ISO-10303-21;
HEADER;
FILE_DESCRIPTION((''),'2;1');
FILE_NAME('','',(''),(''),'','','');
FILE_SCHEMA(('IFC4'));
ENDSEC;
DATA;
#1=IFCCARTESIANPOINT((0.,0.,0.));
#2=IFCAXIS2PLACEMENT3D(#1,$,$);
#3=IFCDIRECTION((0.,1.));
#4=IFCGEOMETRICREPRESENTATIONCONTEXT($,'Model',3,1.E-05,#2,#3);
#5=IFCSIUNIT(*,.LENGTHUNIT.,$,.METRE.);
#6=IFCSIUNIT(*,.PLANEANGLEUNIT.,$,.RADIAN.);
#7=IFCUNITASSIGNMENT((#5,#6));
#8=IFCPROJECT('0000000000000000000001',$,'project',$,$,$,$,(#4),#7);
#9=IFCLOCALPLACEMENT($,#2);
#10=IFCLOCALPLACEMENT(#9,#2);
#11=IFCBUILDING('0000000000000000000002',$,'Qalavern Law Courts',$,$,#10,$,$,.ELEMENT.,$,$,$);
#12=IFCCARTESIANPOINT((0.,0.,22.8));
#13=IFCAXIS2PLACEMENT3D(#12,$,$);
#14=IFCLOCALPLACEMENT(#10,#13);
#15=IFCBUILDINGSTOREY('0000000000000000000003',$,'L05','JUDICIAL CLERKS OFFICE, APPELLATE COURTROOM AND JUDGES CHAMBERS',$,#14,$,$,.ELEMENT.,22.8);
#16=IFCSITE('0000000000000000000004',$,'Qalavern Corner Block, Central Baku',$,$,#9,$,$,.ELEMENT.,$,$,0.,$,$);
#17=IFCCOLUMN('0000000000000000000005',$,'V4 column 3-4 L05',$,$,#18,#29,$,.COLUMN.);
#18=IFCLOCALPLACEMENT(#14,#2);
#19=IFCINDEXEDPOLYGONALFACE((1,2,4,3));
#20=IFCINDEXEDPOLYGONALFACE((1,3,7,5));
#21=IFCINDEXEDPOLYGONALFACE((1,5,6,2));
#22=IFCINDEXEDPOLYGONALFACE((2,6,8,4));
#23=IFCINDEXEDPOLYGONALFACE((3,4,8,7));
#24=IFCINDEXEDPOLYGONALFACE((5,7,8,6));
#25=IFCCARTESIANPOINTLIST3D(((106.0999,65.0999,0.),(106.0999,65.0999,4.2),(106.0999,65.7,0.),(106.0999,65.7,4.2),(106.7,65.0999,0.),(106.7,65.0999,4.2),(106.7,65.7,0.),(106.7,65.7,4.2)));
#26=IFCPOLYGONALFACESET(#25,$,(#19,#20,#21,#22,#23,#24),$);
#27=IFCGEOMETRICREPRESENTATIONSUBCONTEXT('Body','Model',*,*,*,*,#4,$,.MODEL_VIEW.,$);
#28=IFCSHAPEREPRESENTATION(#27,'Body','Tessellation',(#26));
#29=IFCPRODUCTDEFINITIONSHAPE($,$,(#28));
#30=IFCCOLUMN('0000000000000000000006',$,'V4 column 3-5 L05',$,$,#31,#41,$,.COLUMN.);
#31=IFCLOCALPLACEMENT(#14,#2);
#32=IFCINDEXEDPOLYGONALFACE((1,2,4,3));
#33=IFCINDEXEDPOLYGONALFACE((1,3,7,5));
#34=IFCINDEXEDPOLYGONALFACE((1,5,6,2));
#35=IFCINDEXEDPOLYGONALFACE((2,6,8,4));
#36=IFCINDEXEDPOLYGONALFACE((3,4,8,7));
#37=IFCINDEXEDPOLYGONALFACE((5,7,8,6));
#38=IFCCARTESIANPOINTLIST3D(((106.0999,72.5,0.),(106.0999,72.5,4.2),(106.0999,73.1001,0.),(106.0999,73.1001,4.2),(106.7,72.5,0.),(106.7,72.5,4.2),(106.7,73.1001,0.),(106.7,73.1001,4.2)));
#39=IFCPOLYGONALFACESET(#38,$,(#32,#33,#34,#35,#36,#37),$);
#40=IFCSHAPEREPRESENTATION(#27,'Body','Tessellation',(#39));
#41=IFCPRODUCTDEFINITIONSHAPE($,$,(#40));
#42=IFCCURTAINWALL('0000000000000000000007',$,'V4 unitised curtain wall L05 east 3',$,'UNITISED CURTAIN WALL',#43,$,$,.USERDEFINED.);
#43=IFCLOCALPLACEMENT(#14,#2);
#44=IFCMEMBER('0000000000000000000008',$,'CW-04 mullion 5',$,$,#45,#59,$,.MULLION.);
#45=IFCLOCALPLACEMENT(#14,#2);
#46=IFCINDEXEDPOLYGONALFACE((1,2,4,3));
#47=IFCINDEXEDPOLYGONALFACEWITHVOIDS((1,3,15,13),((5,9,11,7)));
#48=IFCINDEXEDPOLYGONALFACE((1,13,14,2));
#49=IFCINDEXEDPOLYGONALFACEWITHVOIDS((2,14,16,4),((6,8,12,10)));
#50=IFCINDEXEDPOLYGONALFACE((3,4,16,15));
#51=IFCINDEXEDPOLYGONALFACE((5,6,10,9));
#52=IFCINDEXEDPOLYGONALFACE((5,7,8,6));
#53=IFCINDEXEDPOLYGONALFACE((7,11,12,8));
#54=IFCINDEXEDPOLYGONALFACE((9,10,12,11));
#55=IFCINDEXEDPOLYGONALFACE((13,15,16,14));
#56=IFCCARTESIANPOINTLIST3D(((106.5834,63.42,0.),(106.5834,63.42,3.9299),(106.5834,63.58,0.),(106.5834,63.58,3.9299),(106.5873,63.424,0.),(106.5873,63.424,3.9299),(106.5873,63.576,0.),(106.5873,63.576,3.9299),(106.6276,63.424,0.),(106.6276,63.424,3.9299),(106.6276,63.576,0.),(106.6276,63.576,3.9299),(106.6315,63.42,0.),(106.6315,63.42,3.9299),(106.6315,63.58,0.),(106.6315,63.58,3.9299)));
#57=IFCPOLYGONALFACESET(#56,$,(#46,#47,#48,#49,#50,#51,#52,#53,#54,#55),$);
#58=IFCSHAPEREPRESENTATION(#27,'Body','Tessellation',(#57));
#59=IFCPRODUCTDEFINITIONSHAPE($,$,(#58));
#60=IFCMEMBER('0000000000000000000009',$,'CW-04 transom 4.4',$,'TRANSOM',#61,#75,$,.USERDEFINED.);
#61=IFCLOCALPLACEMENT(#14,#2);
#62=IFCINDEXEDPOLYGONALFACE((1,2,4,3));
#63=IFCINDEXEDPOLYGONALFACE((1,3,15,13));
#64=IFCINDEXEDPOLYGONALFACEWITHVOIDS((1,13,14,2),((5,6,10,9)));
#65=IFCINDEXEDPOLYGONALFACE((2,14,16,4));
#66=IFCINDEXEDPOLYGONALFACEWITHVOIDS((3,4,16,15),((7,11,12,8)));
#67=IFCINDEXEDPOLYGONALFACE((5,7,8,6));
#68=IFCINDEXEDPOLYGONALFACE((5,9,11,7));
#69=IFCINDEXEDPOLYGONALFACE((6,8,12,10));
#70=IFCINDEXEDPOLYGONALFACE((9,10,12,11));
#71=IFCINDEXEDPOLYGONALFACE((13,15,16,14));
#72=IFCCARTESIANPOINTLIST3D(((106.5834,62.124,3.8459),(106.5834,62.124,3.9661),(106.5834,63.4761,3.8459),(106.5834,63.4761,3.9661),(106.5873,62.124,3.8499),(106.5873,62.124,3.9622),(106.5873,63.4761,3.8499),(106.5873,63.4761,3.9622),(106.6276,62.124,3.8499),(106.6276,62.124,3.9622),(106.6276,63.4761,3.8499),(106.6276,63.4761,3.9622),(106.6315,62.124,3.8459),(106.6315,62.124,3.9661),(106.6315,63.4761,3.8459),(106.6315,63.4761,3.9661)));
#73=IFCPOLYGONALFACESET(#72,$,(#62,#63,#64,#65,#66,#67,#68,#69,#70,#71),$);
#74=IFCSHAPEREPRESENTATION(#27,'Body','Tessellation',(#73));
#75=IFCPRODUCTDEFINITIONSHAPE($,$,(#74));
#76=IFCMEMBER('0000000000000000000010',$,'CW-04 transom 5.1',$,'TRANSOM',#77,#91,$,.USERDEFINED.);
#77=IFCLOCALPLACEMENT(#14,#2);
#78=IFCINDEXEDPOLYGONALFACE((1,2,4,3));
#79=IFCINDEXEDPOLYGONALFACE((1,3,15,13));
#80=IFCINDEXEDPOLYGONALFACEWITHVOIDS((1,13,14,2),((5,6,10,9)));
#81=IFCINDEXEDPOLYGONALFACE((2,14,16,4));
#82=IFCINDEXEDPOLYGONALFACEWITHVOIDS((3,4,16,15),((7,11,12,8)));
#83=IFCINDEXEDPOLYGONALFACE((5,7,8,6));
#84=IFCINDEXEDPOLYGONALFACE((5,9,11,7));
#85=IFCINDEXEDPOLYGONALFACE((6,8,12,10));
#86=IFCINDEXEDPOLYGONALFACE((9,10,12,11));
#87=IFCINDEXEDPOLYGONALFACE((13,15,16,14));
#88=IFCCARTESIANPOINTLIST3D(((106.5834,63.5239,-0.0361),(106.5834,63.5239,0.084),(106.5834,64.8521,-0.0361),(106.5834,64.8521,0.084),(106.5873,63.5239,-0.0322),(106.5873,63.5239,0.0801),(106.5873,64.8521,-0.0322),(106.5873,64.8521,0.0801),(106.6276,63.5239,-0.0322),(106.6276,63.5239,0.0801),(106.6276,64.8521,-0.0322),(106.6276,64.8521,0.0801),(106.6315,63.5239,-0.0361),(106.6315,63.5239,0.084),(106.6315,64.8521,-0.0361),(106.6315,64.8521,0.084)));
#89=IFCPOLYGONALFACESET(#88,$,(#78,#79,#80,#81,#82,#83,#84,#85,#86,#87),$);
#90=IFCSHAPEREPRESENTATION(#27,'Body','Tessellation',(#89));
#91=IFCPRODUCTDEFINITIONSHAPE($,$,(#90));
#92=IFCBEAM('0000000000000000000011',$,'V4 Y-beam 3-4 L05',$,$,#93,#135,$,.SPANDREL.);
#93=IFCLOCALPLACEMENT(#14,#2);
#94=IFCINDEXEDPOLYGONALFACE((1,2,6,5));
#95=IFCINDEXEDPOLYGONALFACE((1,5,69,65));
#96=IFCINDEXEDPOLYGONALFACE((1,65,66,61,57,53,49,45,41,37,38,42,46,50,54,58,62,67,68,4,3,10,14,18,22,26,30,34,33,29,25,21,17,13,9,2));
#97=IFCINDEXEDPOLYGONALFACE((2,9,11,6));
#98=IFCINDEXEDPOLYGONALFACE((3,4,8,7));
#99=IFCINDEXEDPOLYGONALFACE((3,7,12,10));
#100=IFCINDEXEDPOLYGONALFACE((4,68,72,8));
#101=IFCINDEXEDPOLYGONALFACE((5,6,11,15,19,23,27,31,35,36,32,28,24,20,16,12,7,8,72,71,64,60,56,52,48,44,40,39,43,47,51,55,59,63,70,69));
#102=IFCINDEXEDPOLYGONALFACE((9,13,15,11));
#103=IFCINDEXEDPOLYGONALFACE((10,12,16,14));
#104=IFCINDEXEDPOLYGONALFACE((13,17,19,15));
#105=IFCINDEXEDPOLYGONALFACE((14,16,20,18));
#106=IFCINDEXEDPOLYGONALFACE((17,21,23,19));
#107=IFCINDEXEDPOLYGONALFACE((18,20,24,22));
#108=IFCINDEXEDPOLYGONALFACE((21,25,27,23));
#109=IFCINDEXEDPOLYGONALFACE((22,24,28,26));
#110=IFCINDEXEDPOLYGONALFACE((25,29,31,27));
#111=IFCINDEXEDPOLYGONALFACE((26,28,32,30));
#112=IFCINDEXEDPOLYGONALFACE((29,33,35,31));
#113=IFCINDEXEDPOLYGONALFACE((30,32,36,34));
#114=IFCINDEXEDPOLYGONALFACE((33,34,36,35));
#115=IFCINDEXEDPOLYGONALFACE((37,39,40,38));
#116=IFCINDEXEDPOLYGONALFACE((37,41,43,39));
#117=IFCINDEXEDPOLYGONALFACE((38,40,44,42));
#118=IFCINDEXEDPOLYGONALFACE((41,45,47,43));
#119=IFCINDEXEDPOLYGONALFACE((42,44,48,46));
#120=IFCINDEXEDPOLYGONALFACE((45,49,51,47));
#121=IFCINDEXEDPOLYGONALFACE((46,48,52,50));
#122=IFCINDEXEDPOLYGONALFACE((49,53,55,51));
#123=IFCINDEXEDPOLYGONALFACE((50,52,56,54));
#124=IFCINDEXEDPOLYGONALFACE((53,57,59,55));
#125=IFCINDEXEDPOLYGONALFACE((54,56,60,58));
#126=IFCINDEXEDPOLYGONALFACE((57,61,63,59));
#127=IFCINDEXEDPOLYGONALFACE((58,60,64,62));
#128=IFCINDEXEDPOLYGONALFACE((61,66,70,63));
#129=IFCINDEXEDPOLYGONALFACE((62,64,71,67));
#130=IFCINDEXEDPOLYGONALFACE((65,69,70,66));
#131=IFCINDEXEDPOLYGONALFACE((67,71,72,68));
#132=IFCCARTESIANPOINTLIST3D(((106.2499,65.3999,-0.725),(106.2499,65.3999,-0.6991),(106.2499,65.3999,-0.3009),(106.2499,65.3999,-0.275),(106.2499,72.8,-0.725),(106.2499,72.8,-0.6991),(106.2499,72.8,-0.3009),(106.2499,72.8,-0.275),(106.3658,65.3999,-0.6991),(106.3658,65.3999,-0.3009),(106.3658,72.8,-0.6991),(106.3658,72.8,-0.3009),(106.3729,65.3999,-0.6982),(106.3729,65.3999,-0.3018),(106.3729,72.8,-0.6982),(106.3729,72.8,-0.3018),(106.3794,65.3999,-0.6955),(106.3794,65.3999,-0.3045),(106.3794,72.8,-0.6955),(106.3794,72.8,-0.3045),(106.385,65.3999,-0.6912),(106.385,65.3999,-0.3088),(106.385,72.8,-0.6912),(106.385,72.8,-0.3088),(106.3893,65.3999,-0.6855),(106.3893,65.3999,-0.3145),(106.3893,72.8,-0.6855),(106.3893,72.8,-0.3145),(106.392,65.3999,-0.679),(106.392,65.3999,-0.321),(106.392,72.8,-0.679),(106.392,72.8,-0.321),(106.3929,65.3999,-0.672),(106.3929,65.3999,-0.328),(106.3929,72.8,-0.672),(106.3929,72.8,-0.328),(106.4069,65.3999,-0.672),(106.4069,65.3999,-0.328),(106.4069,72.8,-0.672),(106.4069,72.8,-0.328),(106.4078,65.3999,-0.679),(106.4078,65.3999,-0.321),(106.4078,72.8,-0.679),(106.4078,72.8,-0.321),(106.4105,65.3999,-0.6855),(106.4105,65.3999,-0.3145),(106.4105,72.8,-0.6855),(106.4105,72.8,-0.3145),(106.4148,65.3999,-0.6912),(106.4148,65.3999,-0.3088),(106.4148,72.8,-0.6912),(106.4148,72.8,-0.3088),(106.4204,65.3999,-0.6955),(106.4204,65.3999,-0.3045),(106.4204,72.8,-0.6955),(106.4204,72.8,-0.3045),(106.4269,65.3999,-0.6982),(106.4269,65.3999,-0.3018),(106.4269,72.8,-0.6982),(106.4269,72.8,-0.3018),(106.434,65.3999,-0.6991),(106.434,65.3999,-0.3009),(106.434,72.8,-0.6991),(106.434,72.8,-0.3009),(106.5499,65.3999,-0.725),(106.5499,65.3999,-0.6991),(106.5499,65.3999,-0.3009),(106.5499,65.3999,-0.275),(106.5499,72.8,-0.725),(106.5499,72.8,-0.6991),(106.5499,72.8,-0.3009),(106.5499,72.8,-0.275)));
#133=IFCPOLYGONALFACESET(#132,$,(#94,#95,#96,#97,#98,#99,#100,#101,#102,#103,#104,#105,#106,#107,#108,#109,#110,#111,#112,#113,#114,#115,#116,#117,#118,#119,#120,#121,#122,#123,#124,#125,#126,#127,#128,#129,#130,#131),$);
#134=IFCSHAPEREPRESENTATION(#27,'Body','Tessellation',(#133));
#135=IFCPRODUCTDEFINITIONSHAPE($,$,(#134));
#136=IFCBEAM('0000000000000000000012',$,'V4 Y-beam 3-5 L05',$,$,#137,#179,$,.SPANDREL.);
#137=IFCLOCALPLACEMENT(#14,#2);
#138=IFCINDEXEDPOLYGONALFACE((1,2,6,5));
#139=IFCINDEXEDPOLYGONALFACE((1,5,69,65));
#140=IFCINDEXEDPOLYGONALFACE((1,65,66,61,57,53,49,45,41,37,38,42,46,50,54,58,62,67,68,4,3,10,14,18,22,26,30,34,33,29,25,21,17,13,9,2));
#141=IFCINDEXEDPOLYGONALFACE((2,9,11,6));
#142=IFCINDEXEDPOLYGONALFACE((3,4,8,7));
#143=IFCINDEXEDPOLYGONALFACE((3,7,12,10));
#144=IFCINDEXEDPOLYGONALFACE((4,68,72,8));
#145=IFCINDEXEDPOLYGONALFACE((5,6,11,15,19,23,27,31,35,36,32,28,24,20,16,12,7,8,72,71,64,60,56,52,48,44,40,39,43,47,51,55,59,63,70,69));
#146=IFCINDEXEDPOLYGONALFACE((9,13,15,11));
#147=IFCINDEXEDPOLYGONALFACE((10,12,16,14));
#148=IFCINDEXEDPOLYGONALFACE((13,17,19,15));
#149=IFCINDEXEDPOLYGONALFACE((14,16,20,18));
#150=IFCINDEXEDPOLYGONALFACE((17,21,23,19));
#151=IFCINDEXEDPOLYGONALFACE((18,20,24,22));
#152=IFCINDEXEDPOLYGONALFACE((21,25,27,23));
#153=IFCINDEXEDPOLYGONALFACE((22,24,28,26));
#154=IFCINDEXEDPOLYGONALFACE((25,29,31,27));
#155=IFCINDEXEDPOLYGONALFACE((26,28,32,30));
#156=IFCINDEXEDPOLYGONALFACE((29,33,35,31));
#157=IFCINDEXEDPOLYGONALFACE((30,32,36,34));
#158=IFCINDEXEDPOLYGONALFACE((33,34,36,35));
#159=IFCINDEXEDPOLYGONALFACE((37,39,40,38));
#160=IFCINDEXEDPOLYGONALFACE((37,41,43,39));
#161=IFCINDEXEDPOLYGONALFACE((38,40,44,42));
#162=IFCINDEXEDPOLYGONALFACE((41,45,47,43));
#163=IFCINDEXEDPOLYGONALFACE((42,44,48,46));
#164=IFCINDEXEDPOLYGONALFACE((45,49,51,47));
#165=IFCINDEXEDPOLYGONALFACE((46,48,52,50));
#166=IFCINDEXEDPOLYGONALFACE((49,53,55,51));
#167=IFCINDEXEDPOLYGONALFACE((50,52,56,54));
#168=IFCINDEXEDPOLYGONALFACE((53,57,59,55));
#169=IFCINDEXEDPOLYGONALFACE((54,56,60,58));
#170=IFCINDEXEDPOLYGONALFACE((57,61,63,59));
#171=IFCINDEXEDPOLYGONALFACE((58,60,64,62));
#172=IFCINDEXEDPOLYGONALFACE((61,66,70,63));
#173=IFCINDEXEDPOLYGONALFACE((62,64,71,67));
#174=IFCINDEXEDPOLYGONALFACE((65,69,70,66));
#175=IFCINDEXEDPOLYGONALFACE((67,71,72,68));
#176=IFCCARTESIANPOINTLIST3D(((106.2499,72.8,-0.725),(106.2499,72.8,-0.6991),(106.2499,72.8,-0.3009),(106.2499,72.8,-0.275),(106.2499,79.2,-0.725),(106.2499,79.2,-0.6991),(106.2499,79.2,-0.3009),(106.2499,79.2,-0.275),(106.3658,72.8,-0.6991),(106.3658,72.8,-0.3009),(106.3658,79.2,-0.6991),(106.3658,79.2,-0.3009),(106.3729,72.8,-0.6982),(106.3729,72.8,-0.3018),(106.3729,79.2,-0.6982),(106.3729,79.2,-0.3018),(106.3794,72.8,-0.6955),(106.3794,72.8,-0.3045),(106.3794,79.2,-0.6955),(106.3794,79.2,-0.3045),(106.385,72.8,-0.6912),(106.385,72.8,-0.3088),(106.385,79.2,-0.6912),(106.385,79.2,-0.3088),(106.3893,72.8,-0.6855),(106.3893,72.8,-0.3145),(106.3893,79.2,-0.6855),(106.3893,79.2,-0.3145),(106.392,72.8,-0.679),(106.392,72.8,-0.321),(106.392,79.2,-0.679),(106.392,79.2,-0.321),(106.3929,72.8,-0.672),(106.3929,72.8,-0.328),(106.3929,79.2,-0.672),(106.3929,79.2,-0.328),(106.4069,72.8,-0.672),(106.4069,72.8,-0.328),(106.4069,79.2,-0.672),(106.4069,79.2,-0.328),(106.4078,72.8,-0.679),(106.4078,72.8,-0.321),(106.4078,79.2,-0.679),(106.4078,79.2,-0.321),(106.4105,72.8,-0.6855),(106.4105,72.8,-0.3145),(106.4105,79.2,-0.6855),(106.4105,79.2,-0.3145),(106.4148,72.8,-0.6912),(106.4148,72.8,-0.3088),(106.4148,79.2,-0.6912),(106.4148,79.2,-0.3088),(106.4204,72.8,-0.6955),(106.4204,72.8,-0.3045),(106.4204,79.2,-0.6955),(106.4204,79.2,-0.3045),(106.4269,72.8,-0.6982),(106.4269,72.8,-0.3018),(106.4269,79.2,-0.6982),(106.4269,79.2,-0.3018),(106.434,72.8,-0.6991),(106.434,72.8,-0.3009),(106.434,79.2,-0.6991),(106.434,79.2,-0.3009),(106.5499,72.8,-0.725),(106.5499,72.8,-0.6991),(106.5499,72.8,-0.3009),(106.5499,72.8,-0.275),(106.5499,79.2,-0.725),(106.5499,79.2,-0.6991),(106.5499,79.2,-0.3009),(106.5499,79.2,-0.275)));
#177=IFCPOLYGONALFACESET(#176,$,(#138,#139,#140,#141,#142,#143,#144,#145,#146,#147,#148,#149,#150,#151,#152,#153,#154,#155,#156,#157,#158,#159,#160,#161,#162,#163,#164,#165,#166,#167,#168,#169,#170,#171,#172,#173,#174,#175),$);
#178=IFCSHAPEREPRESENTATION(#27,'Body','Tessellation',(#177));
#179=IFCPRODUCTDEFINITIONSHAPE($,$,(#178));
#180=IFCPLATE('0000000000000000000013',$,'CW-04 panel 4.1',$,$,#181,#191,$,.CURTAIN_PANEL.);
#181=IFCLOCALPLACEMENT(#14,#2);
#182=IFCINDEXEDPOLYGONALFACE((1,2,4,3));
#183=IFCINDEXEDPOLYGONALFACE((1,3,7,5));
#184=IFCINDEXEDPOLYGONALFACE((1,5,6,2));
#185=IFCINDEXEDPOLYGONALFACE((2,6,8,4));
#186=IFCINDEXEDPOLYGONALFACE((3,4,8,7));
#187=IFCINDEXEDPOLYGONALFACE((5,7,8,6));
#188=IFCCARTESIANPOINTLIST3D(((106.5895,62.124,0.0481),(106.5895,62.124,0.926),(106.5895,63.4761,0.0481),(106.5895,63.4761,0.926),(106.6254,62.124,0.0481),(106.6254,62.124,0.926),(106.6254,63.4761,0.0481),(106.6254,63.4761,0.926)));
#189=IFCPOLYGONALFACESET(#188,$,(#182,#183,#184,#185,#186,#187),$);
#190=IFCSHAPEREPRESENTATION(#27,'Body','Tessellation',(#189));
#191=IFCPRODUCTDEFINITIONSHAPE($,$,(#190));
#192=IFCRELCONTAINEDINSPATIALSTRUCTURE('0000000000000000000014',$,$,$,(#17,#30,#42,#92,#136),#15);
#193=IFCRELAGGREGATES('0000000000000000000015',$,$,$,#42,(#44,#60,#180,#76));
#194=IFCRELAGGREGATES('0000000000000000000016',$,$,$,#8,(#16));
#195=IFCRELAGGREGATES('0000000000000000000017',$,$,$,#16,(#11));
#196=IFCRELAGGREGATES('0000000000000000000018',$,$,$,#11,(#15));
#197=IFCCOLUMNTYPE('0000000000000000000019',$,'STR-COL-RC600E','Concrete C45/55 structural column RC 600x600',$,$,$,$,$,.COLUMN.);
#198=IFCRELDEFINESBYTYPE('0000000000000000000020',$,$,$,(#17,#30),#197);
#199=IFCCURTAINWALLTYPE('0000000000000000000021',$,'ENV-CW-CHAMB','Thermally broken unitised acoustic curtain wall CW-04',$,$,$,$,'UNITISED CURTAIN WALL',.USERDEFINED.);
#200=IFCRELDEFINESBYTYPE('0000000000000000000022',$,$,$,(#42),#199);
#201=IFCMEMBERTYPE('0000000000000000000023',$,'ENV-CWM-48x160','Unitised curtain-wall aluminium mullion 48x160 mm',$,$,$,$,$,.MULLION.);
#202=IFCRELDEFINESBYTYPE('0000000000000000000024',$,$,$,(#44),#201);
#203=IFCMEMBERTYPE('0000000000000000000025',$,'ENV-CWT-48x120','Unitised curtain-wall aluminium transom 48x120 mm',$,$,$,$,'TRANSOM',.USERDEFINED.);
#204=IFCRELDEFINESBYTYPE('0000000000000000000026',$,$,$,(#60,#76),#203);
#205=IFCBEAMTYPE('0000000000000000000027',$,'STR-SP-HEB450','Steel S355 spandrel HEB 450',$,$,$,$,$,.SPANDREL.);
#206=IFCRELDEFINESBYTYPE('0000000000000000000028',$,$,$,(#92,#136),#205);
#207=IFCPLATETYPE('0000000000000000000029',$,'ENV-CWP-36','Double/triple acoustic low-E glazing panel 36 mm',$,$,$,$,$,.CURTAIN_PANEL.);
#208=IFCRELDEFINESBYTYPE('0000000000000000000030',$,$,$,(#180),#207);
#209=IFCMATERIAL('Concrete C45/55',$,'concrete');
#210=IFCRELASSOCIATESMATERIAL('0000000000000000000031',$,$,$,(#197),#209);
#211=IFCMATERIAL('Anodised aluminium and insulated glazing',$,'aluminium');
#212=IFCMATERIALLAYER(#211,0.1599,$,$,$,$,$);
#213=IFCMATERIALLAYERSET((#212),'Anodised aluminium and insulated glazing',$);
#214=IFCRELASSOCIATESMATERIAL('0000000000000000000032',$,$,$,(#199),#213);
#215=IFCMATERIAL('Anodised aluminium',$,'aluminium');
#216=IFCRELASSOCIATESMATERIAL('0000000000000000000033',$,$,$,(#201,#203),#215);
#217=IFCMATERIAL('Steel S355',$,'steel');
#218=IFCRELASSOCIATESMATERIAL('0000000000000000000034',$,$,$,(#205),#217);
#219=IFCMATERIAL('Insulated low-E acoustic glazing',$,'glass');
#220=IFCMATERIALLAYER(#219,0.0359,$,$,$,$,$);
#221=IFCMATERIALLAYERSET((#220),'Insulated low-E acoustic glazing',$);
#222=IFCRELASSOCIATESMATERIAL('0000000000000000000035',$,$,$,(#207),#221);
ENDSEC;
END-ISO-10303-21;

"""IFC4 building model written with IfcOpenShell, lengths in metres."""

from ifc_helpers import new_model, si_unit, direction, frame, origin, origin_2d, place, context, subcontext, project, spatial, rectangle, hollow_rectangle, i_section, extrude, material, layer, layer_set, material_profile, profile_set, type_object, element, aggregate, save


model = new_model("IFC4")

# Units and contexts
model_context = context("Model", 3, precision=1e-05, world=origin(), true_north=direction((0.0, 1.0)))
body_context = subcontext(model_context, "Body", "Model", "MODEL_VIEW")
ifc_project = project(units=[si_unit("LENGTHUNIT", "METRE"), si_unit("PLANEANGLEUNIT", "RADIAN")], contexts=[model_context])

# Site, building, storey
site_placement = place(None, origin())
site = spatial("IfcSite", under=ifc_project, at=site_placement, Name="Qalavern Corner Block, Central Baku", CompositionType="ELEMENT", RefElevation=0.0)
building_placement = place(site_placement, origin())
building = spatial("IfcBuilding", under=site, at=building_placement, Name="Qalavern Law Courts", CompositionType="ELEMENT")
storey_placement = place(building_placement, frame((0.0, 0.0, 22.8)))
storey = spatial("IfcBuildingStorey", under=building, at=storey_placement, Name="L05", Description="JUDICIAL CLERKS OFFICE, APPELLATE COURTROOM AND JUDGES CHAMBERS", CompositionType="ELEMENT", Elevation=22.8)

# Columns
ifc_material_1 = material(Name="Concrete C45/55", Category="concrete")
ifc_material_profile_1 = material_profile(ifc_material_1, rectangle(XDim=0.6001, YDim=0.6001, at=origin_2d()), Name="RC 600x600")
ifc_profile_set_1 = profile_set([ifc_material_profile_1], Name="Concrete C45/55")
column_type = type_object("IfcColumnType", Name="STR-COL-RC600E", Description="Concrete C45/55 structural column RC 600x600", PredefinedType="COLUMN", material=ifc_profile_set_1)
for number, where, z_axis, x_axis, name in (
    (1, (106.3999, 65.3999, 0.0), (0.0, 0.0, 1.0), (1.0, 0.0, 0.0), "V4 column 3-4 L05"),
    (2, (106.3999, 72.8, 0.0), (0.0, 0.0, 1.0), (1.0, 0.0, 0.0), "V4 column 3-5 L05"),
):
    element("IfcColumn", number, at=place(storey_placement, frame(where, z_axis=z_axis, x_axis=x_axis)), inside=storey, type_object=column_type, Name=name, PredefinedType="COLUMN", context=body_context, shape_type="SweptSolid", body=[
        extrude(rectangle(XDim=0.6001, YDim=0.6001, at=origin_2d()), origin(), (0.0, 0.0, 1.0), 4.2),
    ])

# Curtain wall, members
ifc_material_2 = material(Name="Anodised aluminium and insulated glazing", Category="aluminium")
ifc_layer_1 = layer(ifc_material_2, 0.1599)
ifc_layer_set_1 = layer_set([ifc_layer_1], Name="Anodised aluminium and insulated glazing")
curtain_wall_type = type_object("IfcCurtainWallType", Name="ENV-CW-CHAMB", Description="Thermally broken unitised acoustic curtain wall CW-04", ElementType="UNITISED CURTAIN WALL", PredefinedType="USERDEFINED", material=ifc_layer_set_1)
curtain_wall_placement = place(storey_placement, origin())
curtain_wall = element("IfcCurtainWall", 3, at=curtain_wall_placement, inside=storey, type_object=curtain_wall_type, Name="V4 unitised curtain wall L05 east 3", ObjectType="UNITISED CURTAIN WALL", PredefinedType="USERDEFINED")
ifc_material_3 = material(Name="Anodised aluminium", Category="aluminium")
ifc_material_profile_2 = material_profile(ifc_material_3, hollow_rectangle(XDim=0.0481, YDim=0.1599, WallThickness=0.0039, at=origin_2d()), Name="ALU MULLION 48x160")
ifc_profile_set_2 = profile_set([ifc_material_profile_2], Name="Anodised aluminium")
member_type_1 = type_object("IfcMemberType", Name="ENV-CWM-48x160", Description="Unitised curtain-wall aluminium mullion 48x160 mm", PredefinedType="MULLION", material=ifc_profile_set_2)
member_1_placement = place(storey_placement, frame((106.6074, 63.5, 0.0), z_axis=(0.0, 0.0, 1.0), x_axis=(-1.0, 0.0, 0.0)))
member_1 = element("IfcMember", 4, at=member_1_placement, type_object=member_type_1, Name="CW-04 mullion 5", PredefinedType="MULLION", context=body_context, shape_type="SweptSolid", body=[
    extrude(hollow_rectangle(XDim=0.0481, YDim=0.1599, WallThickness=0.0039, at=origin_2d()), origin(), (0.0, 0.0, 1.0), 3.9299),
])
ifc_material_profile_3 = material_profile(ifc_material_3, hollow_rectangle(XDim=0.0481, YDim=0.1201, WallThickness=0.0039, at=origin_2d()), Name="ALU TRANSOM 48x120")
ifc_profile_set_3 = profile_set([ifc_material_profile_3], Name="Anodised aluminium")
member_type_2 = type_object("IfcMemberType", Name="ENV-CWT-48x120", Description="Unitised curtain-wall aluminium transom 48x120 mm", ElementType="TRANSOM", PredefinedType="USERDEFINED", material=ifc_profile_set_3)
member_2_placement = place(storey_placement, frame((106.6074, 62.124, 3.906), z_axis=(0.0, 1.0, 0.0), x_axis=(-1.0, 0.0, 0.0)))
member_2 = element("IfcMember", 5, at=member_2_placement, type_object=member_type_2, Name="CW-04 transom 4.4", ObjectType="TRANSOM", PredefinedType="USERDEFINED", context=body_context, shape_type="SweptSolid", body=[
    extrude(hollow_rectangle(XDim=0.0481, YDim=0.1201, WallThickness=0.0039, at=origin_2d()), origin(), (0.0, 0.0, 1.0), 1.3521),
])
member_3_placement = place(storey_placement, frame((106.6074, 63.5239, 0.0239), z_axis=(0.0, 1.0, 0.0), x_axis=(-1.0, 0.0, 0.0)))
member_3 = element("IfcMember", 6, at=member_3_placement, type_object=member_type_2, Name="CW-04 transom 5.1", ObjectType="TRANSOM", PredefinedType="USERDEFINED", context=body_context, shape_type="SweptSolid", body=[
    extrude(hollow_rectangle(XDim=0.0481, YDim=0.1201, WallThickness=0.0039, at=origin_2d()), origin(), (0.0, 0.0, 1.0), 1.3281),
])

# Beams
ifc_material_4 = material(Name="Steel S355", Category="steel")
ifc_material_profile_4 = material_profile(ifc_material_4, i_section(OverallWidth=0.3, OverallDepth=0.45, WebThickness=0.0139, FlangeThickness=0.0259, FilletRadius=0.0271, at=origin_2d()), Name="HEB 450")
ifc_profile_set_4 = profile_set([ifc_material_profile_4], Name="Steel S355")
beam_type = type_object("IfcBeamType", Name="STR-SP-HEB450", Description="Steel S355 spandrel HEB 450", PredefinedType="SPANDREL", material=ifc_profile_set_4)
beam_1_placement = place(storey_placement, frame((106.3999, 65.3999, -0.5), z_axis=(0.0, 1.0, 0.0), x_axis=(-1.0, 0.0, 0.0)))
element("IfcBeam", 7, at=beam_1_placement, inside=storey, type_object=beam_type, Name="V4 Y-beam 3-4 L05", PredefinedType="SPANDREL", context=body_context, shape_type="SweptSolid", body=[
    extrude(i_section(OverallWidth=0.3, OverallDepth=0.45, WebThickness=0.0139, FlangeThickness=0.0259, FilletRadius=0.0271, at=origin_2d()), origin(), (0.0, 0.0, 1.0), 7.4001),
])
beam_2_placement = place(storey_placement, frame((106.3999, 72.8, -0.5), z_axis=(0.0, 1.0, 0.0), x_axis=(-1.0, 0.0, 0.0)))
element("IfcBeam", 8, at=beam_2_placement, inside=storey, type_object=beam_type, Name="V4 Y-beam 3-5 L05", PredefinedType="SPANDREL", context=body_context, shape_type="SweptSolid", body=[
    extrude(i_section(OverallWidth=0.3, OverallDepth=0.45, WebThickness=0.0139, FlangeThickness=0.0259, FilletRadius=0.0271, at=origin_2d()), origin(), (0.0, 0.0, 1.0), 6.3999),
])

# Plate
ifc_material_5 = material(Name="Insulated low-E acoustic glazing", Category="glass")
ifc_layer_2 = layer(ifc_material_5, 0.0359)
ifc_layer_set_2 = layer_set([ifc_layer_2], Name="Insulated low-E acoustic glazing")
plate_type = type_object("IfcPlateType", Name="ENV-CWP-36", Description="Double/triple acoustic low-E glazing panel 36 mm", PredefinedType="CURTAIN_PANEL", material=ifc_layer_set_2)
plate_1_placement = place(storey_placement, frame((106.6074, 62.8, 0.0481), z_axis=(0.0, 0.0, 1.0), x_axis=(0.0, 1.0, 0.0)))
plate_1 = element("IfcPlate", 9, at=plate_1_placement, type_object=plate_type, Name="CW-04 panel 4.1", PredefinedType="CURTAIN_PANEL", context=body_context, shape_type="SweptSolid", body=[
    extrude(rectangle(XDim=1.3521, YDim=0.0359, at=origin_2d()), origin(), (0.0, 0.0, 1.0), 0.8779),
])
aggregate(curtain_wall, [member_1, member_2, plate_1, member_3])

save(model, "model.ifc")
